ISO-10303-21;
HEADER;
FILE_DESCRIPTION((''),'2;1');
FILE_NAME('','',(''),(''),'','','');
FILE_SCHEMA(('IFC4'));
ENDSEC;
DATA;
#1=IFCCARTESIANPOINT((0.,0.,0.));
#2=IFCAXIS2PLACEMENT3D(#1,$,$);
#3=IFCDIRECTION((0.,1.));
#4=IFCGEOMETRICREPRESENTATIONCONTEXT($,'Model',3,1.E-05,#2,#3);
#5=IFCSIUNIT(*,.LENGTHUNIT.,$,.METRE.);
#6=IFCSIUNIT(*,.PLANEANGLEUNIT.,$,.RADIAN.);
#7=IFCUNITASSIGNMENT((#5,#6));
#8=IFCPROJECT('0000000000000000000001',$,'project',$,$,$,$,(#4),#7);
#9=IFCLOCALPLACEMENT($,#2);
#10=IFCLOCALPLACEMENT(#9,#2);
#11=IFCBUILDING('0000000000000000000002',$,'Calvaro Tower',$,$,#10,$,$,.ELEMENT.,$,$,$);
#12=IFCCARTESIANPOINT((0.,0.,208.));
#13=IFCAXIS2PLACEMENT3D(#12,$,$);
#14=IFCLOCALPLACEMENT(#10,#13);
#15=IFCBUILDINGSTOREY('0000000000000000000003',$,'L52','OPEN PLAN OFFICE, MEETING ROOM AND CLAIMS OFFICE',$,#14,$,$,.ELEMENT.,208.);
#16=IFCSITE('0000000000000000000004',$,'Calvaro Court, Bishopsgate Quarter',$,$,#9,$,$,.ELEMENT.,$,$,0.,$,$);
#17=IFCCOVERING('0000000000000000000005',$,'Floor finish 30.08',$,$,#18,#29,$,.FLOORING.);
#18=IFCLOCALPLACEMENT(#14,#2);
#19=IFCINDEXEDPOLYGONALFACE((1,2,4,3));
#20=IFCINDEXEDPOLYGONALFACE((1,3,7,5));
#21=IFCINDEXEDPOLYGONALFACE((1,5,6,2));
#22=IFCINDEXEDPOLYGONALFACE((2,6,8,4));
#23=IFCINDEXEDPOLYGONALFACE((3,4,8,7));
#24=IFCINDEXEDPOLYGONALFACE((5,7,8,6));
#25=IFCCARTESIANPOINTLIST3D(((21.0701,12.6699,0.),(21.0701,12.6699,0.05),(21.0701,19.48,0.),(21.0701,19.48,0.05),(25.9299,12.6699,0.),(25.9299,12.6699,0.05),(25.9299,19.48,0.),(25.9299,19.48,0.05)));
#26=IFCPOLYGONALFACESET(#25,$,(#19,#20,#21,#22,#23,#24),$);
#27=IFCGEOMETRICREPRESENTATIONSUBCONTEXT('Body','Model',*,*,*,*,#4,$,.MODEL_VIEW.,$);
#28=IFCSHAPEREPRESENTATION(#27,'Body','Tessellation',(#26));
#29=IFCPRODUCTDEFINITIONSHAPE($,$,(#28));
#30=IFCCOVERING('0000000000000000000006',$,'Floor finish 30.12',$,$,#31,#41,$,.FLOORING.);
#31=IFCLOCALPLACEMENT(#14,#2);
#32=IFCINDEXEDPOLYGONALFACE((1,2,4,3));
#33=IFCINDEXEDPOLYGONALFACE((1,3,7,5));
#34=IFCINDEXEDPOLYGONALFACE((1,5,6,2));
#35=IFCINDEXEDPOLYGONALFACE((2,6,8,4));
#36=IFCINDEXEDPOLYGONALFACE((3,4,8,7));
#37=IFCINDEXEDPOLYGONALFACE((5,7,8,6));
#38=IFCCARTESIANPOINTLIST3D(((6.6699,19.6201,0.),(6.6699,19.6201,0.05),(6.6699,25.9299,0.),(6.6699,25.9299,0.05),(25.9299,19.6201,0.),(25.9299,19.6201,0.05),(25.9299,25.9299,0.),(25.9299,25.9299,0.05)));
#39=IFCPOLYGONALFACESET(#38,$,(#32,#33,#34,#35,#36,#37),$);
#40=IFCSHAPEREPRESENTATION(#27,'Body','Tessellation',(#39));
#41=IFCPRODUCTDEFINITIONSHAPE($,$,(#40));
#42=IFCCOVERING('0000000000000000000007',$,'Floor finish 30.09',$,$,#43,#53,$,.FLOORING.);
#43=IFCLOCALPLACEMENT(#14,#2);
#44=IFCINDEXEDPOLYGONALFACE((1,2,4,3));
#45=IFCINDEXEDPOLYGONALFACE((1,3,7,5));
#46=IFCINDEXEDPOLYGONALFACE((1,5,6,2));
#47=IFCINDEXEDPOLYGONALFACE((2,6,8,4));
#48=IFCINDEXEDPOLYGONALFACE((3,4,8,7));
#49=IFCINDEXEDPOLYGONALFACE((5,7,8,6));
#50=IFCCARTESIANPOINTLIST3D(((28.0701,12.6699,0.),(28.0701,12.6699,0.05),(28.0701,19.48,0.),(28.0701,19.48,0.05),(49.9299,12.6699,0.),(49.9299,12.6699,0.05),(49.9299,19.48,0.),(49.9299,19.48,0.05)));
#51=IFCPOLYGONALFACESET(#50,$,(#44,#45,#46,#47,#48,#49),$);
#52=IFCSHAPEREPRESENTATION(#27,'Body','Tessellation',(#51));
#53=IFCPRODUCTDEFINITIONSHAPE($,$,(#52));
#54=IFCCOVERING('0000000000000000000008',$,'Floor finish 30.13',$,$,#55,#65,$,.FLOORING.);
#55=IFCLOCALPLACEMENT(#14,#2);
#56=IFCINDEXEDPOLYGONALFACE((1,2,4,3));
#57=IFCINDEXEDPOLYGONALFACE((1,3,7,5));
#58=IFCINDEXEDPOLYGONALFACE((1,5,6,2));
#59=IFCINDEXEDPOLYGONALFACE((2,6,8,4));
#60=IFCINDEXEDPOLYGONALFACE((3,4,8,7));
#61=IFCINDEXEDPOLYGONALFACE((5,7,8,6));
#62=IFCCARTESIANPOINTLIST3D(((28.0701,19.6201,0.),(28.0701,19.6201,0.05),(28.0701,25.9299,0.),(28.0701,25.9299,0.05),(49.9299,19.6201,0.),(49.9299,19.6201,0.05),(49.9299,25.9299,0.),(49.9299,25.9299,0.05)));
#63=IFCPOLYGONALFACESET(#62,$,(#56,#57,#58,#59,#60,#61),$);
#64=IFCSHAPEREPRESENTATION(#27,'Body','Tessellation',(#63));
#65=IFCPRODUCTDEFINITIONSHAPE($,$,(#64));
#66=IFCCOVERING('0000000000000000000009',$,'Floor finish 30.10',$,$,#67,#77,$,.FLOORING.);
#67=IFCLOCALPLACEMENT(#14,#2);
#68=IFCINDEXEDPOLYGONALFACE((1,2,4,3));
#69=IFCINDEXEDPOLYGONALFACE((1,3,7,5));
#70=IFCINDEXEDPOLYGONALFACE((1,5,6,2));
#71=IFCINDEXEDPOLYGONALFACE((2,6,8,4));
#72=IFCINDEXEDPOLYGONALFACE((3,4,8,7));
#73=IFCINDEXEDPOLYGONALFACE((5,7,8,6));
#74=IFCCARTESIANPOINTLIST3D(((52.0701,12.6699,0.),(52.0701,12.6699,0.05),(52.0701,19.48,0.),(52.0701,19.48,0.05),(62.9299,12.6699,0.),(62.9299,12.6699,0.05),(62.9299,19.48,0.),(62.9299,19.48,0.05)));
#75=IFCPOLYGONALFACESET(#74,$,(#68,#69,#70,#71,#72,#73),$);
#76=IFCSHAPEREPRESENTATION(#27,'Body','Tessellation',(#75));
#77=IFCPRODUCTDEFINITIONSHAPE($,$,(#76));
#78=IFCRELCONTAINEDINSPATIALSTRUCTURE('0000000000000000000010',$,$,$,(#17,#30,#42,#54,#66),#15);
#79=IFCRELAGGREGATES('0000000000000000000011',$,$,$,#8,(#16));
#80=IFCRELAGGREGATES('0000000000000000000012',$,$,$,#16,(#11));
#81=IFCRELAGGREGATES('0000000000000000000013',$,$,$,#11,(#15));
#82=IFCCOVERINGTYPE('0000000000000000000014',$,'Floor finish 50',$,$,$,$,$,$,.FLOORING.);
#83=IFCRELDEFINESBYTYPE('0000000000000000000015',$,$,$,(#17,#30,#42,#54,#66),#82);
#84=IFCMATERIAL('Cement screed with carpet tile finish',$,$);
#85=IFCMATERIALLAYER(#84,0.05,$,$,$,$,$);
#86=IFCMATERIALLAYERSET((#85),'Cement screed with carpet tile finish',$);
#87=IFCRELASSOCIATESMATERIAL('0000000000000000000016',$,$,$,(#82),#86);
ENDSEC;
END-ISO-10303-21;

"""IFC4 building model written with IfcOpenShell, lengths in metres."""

from ifc_helpers import new_model, si_unit, direction, frame, origin, place, context, subcontext, project, spatial, polyline, outline, extrude, material, layer, layer_set, type_object, element, save


model = new_model("IFC4")

# Units and contexts
model_context = context("Model", 3, precision=1e-05, world=origin(), true_north=direction((0.0, 1.0)))
body_context = subcontext(model_context, "Body", "Model", "MODEL_VIEW")
ifc_project = project(units=[si_unit("LENGTHUNIT", "METRE"), si_unit("PLANEANGLEUNIT", "RADIAN")], contexts=[model_context])

# Site, building, storey
site_placement = place(None, origin())
site = spatial("IfcSite", under=ifc_project, at=site_placement, Name="Calvaro Court, Bishopsgate Quarter", CompositionType="ELEMENT", RefElevation=0.0)
building_placement = place(site_placement, origin())
building = spatial("IfcBuilding", under=site, at=building_placement, Name="Calvaro Tower", CompositionType="ELEMENT")
storey_placement = place(building_placement, frame((0.0, 0.0, 208.0)))
storey = spatial("IfcBuildingStorey", under=building, at=storey_placement, Name="L52", Description="OPEN PLAN OFFICE, MEETING ROOM AND CLAIMS OFFICE", CompositionType="ELEMENT", Elevation=208.0)

# Coverings
ifc_material_1 = material(Name="Cement screed with carpet tile finish")
ifc_layer_1 = layer(ifc_material_1, 0.05)
ifc_layer_set_1 = layer_set([ifc_layer_1], Name="Cement screed with carpet tile finish")
covering_type = type_object("IfcCoveringType", Name="Floor finish 50", PredefinedType="FLOORING", material=ifc_layer_set_1)
covering_1_placement = place(storey_placement, origin())
element("IfcCovering", 1, at=covering_1_placement, inside=storey, type_object=covering_type, Name="Floor finish 30.08", PredefinedType="FLOORING", context=body_context, shape_type="SweptSolid", body=[
    extrude(outline(polyline([(21.0701, 12.6699), (21.0701, 19.48), (25.9299, 19.48), (25.9299, 12.6699), (21.0701, 12.6699)])), origin(), (0.0, 0.0, 1.0), 0.05),
])
covering_2_placement = place(storey_placement, origin())
element("IfcCovering", 2, at=covering_2_placement, inside=storey, type_object=covering_type, Name="Floor finish 30.12", PredefinedType="FLOORING", context=body_context, shape_type="SweptSolid", body=[
    extrude(outline(polyline([(25.9299, 25.9299), (25.9299, 19.6201), (6.6699, 19.6201), (6.6699, 25.9299), (25.9299, 25.9299)])), origin(), (0.0, 0.0, 1.0), 0.05),
])
covering_3_placement = place(storey_placement, origin())
element("IfcCovering", 3, at=covering_3_placement, inside=storey, type_object=covering_type, Name="Floor finish 30.09", PredefinedType="FLOORING", context=body_context, shape_type="SweptSolid", body=[
    extrude(outline(polyline([(28.0701, 12.6699), (28.0701, 19.48), (49.9299, 19.48), (49.9299, 12.6699), (28.0701, 12.6699)])), origin(), (0.0, 0.0, 1.0), 0.05),
])
covering_4_placement = place(storey_placement, origin())
element("IfcCovering", 4, at=covering_4_placement, inside=storey, type_object=covering_type, Name="Floor finish 30.13", PredefinedType="FLOORING", context=body_context, shape_type="SweptSolid", body=[
    extrude(outline(polyline([(28.0701, 19.6201), (28.0701, 25.9299), (49.9299, 25.9299), (49.9299, 19.6201), (28.0701, 19.6201)])), origin(), (0.0, 0.0, 1.0), 0.05),
])
covering_5_placement = place(storey_placement, origin())
element("IfcCovering", 5, at=covering_5_placement, inside=storey, type_object=covering_type, Name="Floor finish 30.10", PredefinedType="FLOORING", context=body_context, shape_type="SweptSolid", body=[
    extrude(outline(polyline([(52.0701, 12.6699), (52.0701, 19.48), (62.9299, 19.48), (62.9299, 12.6699), (52.0701, 12.6699)])), origin(), (0.0, 0.0, 1.0), 0.05),
])

save(model, "model.ifc")
